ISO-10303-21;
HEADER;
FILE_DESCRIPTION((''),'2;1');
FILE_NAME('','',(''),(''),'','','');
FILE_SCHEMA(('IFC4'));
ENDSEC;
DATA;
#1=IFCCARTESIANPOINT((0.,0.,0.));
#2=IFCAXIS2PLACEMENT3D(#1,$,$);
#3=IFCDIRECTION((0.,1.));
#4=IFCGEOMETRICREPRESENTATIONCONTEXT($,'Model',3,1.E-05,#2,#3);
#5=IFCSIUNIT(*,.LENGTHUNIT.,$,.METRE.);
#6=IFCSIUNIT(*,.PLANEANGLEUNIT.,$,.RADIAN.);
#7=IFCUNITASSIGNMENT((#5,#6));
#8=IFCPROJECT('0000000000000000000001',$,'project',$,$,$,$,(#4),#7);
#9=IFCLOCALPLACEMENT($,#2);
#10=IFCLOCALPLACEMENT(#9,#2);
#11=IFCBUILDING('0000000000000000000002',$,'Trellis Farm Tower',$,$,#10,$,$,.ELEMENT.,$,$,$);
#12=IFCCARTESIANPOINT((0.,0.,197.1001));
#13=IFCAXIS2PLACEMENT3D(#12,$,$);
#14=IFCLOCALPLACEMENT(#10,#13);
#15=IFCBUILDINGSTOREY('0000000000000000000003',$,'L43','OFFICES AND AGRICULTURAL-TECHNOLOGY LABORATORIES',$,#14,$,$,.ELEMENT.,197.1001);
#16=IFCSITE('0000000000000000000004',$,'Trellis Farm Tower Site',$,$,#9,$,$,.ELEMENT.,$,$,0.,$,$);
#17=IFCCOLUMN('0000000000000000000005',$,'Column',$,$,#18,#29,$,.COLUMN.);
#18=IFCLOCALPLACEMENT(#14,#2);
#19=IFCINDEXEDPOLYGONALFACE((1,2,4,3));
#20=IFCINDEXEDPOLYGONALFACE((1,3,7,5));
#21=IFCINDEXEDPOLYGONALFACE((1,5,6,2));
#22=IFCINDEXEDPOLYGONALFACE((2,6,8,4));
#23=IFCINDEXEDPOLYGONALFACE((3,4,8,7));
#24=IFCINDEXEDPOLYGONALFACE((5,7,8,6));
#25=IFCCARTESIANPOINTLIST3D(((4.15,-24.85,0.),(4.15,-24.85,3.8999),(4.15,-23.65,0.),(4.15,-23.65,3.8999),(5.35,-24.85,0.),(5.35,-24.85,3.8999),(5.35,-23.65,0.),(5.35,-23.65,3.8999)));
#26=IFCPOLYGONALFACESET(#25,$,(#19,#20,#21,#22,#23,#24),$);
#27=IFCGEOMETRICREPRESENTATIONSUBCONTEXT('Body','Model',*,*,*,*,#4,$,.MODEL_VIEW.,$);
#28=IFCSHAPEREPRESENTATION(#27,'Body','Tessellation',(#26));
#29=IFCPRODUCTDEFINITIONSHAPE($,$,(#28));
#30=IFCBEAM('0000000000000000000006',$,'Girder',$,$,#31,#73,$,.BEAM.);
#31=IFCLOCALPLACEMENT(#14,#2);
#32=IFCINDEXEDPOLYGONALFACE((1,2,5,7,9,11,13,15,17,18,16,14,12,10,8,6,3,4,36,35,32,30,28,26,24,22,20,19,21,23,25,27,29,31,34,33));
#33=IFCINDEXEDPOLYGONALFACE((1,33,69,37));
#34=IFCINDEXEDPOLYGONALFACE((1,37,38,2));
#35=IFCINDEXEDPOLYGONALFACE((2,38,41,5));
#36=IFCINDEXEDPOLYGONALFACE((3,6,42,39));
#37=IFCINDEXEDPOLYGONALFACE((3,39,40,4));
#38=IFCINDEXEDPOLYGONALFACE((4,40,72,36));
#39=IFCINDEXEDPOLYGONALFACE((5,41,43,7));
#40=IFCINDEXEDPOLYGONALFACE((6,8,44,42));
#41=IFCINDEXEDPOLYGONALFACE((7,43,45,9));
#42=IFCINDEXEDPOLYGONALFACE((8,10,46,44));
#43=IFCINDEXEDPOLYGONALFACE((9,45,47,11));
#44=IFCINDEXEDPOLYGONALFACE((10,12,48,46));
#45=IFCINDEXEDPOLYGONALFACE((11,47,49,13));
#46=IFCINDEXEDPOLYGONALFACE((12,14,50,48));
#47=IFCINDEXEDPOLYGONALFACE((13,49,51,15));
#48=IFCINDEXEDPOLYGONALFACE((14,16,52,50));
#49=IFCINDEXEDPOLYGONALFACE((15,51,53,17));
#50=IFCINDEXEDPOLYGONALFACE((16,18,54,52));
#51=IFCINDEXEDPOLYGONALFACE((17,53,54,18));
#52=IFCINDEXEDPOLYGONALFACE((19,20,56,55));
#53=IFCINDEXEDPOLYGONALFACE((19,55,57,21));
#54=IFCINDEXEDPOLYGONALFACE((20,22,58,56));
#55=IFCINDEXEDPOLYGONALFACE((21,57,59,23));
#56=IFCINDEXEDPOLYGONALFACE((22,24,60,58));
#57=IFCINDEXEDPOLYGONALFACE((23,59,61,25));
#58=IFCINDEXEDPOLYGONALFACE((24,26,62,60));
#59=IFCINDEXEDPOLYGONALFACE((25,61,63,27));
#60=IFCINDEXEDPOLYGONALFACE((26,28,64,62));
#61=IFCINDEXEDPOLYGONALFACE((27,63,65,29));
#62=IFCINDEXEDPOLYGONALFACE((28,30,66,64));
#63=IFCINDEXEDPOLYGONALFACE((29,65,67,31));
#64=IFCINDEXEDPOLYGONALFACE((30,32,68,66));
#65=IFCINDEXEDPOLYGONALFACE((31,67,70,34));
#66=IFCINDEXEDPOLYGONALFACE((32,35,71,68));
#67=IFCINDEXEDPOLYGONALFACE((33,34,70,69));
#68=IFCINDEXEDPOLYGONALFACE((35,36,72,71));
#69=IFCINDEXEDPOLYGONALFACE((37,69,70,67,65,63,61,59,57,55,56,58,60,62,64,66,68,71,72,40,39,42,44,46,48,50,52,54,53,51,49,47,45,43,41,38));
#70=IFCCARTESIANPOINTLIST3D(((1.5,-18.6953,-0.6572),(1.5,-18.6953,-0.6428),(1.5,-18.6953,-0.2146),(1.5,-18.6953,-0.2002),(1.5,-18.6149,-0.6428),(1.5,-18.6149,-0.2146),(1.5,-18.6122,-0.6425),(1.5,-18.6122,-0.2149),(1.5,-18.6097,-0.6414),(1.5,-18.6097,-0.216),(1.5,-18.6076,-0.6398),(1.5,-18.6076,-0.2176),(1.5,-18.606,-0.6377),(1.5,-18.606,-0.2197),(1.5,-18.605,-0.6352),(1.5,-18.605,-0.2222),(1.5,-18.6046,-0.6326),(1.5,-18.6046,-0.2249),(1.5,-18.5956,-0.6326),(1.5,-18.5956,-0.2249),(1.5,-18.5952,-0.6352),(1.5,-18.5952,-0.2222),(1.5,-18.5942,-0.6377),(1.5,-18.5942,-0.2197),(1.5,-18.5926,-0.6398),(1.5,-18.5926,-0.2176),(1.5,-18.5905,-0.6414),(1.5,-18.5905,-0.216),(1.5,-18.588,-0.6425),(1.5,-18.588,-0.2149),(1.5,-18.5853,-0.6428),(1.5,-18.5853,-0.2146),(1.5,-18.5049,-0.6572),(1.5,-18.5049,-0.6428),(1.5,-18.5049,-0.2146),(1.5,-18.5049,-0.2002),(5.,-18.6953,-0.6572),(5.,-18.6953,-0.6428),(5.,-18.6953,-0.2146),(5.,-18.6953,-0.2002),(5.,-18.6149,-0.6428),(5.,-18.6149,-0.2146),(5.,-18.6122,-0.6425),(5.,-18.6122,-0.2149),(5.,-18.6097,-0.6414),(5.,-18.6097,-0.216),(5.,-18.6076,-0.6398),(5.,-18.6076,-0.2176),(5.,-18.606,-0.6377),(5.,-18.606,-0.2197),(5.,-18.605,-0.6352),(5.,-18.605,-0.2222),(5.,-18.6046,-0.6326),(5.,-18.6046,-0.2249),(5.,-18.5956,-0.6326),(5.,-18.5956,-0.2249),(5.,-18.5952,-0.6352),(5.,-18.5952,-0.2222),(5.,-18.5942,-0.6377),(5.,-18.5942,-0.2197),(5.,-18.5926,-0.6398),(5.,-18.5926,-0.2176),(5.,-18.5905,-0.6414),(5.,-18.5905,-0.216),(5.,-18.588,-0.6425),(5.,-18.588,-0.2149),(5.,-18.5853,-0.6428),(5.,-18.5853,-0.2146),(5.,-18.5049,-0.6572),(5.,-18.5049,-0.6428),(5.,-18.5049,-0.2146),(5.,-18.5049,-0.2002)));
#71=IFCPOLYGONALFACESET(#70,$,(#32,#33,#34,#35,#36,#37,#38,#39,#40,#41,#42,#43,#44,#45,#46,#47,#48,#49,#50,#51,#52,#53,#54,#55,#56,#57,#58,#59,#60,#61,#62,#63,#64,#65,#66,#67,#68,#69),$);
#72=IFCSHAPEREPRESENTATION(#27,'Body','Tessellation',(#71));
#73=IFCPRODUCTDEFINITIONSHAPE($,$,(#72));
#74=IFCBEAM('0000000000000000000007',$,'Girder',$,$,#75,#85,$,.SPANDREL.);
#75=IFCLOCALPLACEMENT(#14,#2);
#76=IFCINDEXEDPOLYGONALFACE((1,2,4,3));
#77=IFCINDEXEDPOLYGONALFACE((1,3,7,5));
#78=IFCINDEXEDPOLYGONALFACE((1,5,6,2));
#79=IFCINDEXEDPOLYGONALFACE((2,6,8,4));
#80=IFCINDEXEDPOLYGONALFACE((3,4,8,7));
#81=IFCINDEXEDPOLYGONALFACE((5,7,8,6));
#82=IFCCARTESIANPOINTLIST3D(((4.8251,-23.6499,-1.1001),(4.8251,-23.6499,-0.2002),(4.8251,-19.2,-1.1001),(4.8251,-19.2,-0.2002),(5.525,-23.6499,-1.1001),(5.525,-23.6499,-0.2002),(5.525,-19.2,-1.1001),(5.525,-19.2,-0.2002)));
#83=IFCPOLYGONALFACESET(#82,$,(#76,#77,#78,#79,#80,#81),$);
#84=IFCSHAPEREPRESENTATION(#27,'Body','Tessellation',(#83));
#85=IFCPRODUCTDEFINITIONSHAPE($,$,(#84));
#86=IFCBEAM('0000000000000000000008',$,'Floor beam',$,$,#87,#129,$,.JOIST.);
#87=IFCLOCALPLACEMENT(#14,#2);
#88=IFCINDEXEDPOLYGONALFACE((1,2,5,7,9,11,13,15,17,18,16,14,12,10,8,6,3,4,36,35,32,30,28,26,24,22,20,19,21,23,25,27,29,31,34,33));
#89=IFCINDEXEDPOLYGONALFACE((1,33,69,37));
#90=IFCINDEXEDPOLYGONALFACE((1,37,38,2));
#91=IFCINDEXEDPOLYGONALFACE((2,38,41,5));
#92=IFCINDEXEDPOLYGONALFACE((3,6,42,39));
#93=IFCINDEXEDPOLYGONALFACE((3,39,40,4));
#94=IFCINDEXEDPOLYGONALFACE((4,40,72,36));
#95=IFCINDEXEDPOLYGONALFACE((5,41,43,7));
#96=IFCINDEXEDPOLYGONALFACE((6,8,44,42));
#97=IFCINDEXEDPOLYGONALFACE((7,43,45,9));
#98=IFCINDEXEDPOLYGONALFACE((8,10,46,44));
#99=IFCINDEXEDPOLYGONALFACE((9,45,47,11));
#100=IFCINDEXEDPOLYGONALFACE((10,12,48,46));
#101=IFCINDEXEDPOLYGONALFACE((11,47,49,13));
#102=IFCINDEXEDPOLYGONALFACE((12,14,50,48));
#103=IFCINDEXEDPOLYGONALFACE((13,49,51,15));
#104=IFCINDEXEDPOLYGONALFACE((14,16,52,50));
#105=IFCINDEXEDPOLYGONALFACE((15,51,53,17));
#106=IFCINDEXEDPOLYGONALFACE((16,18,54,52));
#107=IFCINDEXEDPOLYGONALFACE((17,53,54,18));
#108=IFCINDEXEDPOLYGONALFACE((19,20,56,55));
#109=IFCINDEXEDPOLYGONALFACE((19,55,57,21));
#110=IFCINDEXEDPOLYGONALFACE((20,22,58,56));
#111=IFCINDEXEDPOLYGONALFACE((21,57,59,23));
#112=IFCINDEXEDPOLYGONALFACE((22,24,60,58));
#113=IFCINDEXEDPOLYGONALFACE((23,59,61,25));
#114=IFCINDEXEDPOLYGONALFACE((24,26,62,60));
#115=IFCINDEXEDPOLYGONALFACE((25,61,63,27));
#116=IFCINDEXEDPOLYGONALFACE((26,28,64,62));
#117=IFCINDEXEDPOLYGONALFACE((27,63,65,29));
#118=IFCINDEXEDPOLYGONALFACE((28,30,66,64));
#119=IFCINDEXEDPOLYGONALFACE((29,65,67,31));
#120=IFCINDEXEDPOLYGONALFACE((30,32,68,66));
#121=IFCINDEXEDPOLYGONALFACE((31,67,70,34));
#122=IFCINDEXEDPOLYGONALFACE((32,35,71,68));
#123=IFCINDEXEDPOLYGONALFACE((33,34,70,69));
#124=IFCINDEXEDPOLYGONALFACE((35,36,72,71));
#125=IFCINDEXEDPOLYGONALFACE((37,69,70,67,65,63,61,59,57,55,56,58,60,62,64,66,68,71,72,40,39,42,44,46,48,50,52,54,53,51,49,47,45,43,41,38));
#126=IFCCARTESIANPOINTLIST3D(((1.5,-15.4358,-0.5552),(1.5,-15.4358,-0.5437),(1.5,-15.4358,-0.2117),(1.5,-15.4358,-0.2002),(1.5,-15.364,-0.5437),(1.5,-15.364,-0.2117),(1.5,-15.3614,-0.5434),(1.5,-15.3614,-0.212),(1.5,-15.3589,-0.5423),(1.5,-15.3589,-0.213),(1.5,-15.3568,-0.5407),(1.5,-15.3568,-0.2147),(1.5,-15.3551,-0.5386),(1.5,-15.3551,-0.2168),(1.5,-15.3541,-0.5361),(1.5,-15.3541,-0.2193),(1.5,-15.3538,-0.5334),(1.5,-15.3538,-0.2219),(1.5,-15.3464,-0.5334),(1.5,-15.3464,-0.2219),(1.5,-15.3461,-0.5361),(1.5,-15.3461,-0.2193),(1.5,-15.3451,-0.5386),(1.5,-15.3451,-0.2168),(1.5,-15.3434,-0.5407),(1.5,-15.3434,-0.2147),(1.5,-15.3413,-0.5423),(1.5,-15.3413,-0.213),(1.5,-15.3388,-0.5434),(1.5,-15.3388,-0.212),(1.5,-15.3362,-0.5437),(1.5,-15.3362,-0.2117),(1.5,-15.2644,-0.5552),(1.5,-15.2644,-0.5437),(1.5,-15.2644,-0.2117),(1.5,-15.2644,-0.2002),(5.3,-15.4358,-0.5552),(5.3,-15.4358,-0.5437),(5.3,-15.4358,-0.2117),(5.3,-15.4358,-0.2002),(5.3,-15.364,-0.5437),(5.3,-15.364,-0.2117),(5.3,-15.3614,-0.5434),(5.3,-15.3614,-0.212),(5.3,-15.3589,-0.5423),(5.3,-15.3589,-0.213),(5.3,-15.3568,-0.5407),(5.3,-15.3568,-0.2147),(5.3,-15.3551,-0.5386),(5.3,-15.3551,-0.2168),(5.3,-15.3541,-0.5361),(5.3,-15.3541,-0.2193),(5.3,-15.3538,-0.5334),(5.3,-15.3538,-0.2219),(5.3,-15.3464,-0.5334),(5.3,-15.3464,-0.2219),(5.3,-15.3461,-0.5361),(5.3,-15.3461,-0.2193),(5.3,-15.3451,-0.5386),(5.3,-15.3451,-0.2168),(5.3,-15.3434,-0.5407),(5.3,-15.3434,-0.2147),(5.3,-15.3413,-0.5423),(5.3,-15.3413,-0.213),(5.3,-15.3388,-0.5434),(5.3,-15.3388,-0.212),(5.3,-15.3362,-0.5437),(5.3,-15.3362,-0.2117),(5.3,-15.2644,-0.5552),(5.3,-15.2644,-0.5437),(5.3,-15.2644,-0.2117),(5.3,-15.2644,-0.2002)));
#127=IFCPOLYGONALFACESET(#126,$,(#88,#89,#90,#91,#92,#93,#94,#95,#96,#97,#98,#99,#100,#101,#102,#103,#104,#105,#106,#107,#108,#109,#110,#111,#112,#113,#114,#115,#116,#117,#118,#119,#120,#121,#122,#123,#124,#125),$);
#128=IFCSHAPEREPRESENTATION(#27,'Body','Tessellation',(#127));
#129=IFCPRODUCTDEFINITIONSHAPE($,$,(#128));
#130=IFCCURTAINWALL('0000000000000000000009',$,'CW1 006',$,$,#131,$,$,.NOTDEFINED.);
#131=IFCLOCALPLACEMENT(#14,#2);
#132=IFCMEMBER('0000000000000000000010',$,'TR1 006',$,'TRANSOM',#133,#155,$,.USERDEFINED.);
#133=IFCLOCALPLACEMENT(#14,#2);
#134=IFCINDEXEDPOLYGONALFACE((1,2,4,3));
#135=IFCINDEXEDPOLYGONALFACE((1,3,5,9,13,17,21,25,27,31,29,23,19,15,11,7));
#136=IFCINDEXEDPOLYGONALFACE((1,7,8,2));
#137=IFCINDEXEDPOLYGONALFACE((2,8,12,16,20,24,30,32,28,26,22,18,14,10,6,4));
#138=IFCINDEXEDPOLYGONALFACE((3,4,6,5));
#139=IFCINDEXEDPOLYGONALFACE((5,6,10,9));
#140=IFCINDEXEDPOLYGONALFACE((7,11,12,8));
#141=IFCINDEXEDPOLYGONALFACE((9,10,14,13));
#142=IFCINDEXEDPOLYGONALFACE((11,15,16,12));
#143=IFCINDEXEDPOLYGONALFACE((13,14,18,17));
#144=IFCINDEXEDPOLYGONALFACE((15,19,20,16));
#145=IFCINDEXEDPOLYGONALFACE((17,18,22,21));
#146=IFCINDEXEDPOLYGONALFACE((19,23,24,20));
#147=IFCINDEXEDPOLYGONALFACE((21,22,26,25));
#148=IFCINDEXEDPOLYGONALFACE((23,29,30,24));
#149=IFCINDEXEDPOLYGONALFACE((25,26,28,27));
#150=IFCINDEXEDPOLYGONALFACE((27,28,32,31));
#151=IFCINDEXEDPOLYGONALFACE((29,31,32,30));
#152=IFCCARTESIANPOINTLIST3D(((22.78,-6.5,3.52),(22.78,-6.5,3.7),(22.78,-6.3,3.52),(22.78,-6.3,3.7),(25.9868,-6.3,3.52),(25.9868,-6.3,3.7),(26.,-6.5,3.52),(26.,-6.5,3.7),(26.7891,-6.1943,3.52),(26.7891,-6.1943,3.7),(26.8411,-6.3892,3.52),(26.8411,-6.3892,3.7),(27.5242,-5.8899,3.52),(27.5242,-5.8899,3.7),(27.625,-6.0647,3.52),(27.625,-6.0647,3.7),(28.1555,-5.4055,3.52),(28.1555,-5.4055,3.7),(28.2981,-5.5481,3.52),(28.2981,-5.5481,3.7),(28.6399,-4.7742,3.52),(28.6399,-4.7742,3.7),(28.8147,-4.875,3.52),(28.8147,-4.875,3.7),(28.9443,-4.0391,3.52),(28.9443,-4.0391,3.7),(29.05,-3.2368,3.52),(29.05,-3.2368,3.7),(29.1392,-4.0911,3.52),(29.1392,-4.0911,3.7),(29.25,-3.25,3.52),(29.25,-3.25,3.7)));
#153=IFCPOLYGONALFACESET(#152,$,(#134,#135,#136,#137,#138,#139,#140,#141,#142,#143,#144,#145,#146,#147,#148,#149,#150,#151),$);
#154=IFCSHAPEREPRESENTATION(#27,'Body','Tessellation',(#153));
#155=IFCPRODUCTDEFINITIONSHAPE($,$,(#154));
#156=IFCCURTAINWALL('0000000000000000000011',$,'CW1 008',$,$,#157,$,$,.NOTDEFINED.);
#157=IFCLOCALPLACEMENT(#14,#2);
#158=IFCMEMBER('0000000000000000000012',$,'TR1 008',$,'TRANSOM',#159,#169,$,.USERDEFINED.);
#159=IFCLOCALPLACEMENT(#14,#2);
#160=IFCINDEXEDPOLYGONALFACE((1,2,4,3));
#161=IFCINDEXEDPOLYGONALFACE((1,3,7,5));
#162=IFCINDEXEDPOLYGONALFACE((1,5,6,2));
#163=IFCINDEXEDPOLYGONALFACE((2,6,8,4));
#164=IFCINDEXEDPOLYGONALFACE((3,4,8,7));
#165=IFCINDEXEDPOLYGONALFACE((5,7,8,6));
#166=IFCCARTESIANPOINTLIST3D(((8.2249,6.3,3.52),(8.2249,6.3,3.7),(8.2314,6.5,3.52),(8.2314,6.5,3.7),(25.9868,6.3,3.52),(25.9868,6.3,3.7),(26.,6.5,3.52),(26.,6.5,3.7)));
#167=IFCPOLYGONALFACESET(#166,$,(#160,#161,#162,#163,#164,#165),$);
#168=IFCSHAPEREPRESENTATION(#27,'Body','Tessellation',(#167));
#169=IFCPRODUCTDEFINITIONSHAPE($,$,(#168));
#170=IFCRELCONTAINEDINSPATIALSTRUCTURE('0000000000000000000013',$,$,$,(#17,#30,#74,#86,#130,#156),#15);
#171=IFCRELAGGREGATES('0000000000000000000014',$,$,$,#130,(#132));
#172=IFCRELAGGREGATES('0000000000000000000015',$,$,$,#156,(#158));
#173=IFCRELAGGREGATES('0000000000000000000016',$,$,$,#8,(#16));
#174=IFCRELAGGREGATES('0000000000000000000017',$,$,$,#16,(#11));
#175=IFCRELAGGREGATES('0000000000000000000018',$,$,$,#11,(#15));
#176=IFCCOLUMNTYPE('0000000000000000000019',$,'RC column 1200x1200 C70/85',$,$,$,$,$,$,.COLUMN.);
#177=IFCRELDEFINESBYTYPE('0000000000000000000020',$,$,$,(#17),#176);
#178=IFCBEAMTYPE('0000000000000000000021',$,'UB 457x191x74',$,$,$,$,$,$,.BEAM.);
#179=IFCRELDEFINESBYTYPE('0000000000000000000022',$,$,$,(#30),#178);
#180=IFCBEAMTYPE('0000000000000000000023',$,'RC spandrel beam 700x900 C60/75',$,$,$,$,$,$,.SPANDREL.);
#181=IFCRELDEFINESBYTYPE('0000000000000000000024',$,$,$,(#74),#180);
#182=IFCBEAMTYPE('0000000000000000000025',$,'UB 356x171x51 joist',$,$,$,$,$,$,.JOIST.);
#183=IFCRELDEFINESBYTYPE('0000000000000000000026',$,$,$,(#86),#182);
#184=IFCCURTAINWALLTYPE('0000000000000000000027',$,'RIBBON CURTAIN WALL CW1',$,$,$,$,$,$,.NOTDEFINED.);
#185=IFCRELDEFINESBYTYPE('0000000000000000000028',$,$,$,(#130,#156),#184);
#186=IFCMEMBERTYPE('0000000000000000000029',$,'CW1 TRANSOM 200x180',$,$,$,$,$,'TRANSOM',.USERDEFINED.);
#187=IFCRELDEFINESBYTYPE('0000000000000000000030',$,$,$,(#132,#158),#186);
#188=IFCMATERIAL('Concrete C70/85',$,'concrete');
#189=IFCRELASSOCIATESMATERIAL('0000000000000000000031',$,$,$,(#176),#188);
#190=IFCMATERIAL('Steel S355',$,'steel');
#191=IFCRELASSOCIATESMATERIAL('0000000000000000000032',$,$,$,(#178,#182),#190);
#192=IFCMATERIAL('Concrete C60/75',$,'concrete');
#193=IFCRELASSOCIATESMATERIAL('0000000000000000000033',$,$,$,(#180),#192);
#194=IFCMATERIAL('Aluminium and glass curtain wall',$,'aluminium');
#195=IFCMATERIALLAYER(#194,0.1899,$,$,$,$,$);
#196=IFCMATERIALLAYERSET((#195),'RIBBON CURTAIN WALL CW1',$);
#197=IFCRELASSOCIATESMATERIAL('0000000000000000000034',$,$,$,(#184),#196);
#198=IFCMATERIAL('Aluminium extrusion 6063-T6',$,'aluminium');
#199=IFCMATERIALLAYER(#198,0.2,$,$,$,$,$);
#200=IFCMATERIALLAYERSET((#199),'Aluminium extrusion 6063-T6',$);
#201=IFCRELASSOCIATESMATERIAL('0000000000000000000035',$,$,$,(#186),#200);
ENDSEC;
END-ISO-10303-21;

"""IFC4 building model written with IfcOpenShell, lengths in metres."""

from ifc_helpers import new_model, si_unit, direction, frame, origin, origin_2d, place, context, subcontext, project, spatial, polyline, rectangle, i_section, outline, extrude, source, transform, mapped, material, layer, layer_set, material_profile, profile_set, type_object, element, aggregate, save


model = new_model("IFC4")

# Units and contexts
model_context = context("Model", 3, precision=1e-05, world=origin(), true_north=direction((0.0, 1.0)))
body_context = subcontext(model_context, "Body", "Model", "MODEL_VIEW")
ifc_project = project(units=[si_unit("LENGTHUNIT", "METRE"), si_unit("PLANEANGLEUNIT", "RADIAN")], contexts=[model_context])

# Site, building, storey
site_placement = place(None, origin())
site = spatial("IfcSite", under=ifc_project, at=site_placement, Name="Trellis Farm Tower Site", CompositionType="ELEMENT", RefElevation=0.0)
building_placement = place(site_placement, origin())
building = spatial("IfcBuilding", under=site, at=building_placement, Name="Trellis Farm Tower", CompositionType="ELEMENT")
storey_placement = place(building_placement, frame((0.0, 0.0, 197.1001)))
storey = spatial("IfcBuildingStorey", under=building, at=storey_placement, Name="L43", Description="OFFICES AND AGRICULTURAL-TECHNOLOGY LABORATORIES", CompositionType="ELEMENT", Elevation=197.1001)

# Column
ifc_material_1 = material(Name="Concrete C70/85", Category="concrete")
ifc_material_profile_1 = material_profile(ifc_material_1, rectangle(XDim=1.2, YDim=1.2, at=origin_2d()), Name="RC column 1200x1200 C70/85")
ifc_profile_set_1 = profile_set([ifc_material_profile_1], Name="Concrete C70/85")
column_type = type_object("IfcColumnType", Name="RC column 1200x1200 C70/85", PredefinedType="COLUMN", material=ifc_profile_set_1)
shared_shape_1 = source(origin(), body_context, "Body", "SweptSolid", [
    extrude(rectangle(XDim=1.2, YDim=1.2, at=origin_2d()), origin(), (0.0, 0.0, 1.0), 3.8999),
])
column_placement = place(storey_placement, frame((4.75, -24.25, 0.0), z_axis=(0.0, 0.0, 1.0), x_axis=(1.0, 0.0, 0.0)))
element("IfcColumn", 1, at=column_placement, inside=storey, type_object=column_type, Name="Column", PredefinedType="COLUMN", context=body_context, shape_type="MappedRepresentation", body=[
    mapped(shared_shape_1, transform((0.0, 0.0, 0.0))),
])

# Beams
ifc_material_2 = material(Name="Steel S355", Category="steel")
ifc_material_profile_2 = material_profile(ifc_material_2, i_section(OverallWidth=0.1904, OverallDepth=0.457, WebThickness=0.009, FlangeThickness=0.0144, FilletRadius=0.0103, at=origin_2d()), Name="UB 457x191x74")
ifc_profile_set_2 = profile_set([ifc_material_profile_2], Name="Steel S355")
beam_type_1 = type_object("IfcBeamType", Name="UB 457x191x74", PredefinedType="BEAM", material=ifc_profile_set_2)
shared_shape_2 = source(origin(), body_context, "Body", "SweptSolid", [
    extrude(i_section(OverallWidth=0.1904, OverallDepth=0.457, WebThickness=0.009, FlangeThickness=0.0144, FilletRadius=0.0103, at=origin_2d()), origin(), (0.0, 0.0, 1.0), 3.5),
])
beam_1_placement = place(storey_placement, frame((1.5, -18.6001, -0.4287), z_axis=(1.0, 0.0, 0.0), x_axis=(0.0, 1.0, 0.0)))
element("IfcBeam", 2, at=beam_1_placement, inside=storey, type_object=beam_type_1, Name="Girder", PredefinedType="BEAM", context=body_context, shape_type="MappedRepresentation", body=[
    mapped(shared_shape_2, transform((0.0, 0.0, 0.0))),
])
ifc_material_3 = material(Name="Concrete C60/75", Category="concrete")
ifc_material_profile_3 = material_profile(ifc_material_3, rectangle(XDim=0.7, YDim=0.8999, at=origin_2d()), Name="RC spandrel beam 700x900 C60/75")
ifc_profile_set_3 = profile_set([ifc_material_profile_3], Name="Concrete C60/75")
beam_type_2 = type_object("IfcBeamType", Name="RC spandrel beam 700x900 C60/75", PredefinedType="SPANDREL", material=ifc_profile_set_3)
shared_shape_3 = source(origin(), body_context, "Body", "SweptSolid", [
    extrude(rectangle(XDim=0.7, YDim=0.8999, at=origin_2d()), origin(), (0.0, 0.0, 1.0), 4.45),
])
beam_2_placement = place(storey_placement, frame((5.175, -23.6499, -0.6501), z_axis=(0.0, 1.0, 0.0), x_axis=(-1.0, 0.0, 0.0)))
element("IfcBeam", 3, at=beam_2_placement, inside=storey, type_object=beam_type_2, Name="Girder", PredefinedType="SPANDREL", context=body_context, shape_type="MappedRepresentation", body=[
    mapped(shared_shape_3, transform((0.0, 0.0, 0.0))),
])
ifc_material_profile_4 = material_profile(ifc_material_2, i_section(OverallWidth=0.1714, OverallDepth=0.355, WebThickness=0.0073, FlangeThickness=0.0115, FilletRadius=0.0103, at=origin_2d()), Name="UB 356x171x51")
ifc_profile_set_4 = profile_set([ifc_material_profile_4], Name="Steel S355")
beam_type_3 = type_object("IfcBeamType", Name="UB 356x171x51 joist", PredefinedType="JOIST", material=ifc_profile_set_4)
shared_shape_4 = source(origin(), body_context, "Body", "SweptSolid", [
    extrude(i_section(OverallWidth=0.1714, OverallDepth=0.355, WebThickness=0.0073, FlangeThickness=0.0115, FilletRadius=0.0103, at=origin_2d()), origin(), (0.0, 0.0, 1.0), 3.8),
])
beam_3_placement = place(storey_placement, frame((1.5, -15.3501, -0.3777), z_axis=(1.0, 0.0, 0.0), x_axis=(0.0, 1.0, 0.0)))
element("IfcBeam", 4, at=beam_3_placement, inside=storey, type_object=beam_type_3, Name="Floor beam", PredefinedType="JOIST", context=body_context, shape_type="MappedRepresentation", body=[
    mapped(shared_shape_4, transform((0.0, 0.0, 0.0))),
])

# Curtain walls, members
ifc_material_4 = material(Name="Aluminium and glass curtain wall", Category="aluminium")
ifc_layer_1 = layer(ifc_material_4, 0.1899)
ifc_layer_set_1 = layer_set([ifc_layer_1], Name="RIBBON CURTAIN WALL CW1")
curtain_wall_type_1 = type_object("IfcCurtainWallType", Name="RIBBON CURTAIN WALL CW1", PredefinedType="NOTDEFINED", material=ifc_layer_set_1)
placement_1 = place(storey_placement, origin())
curtain_wall_1 = element("IfcCurtainWall", 5, at=placement_1, inside=storey, type_object=curtain_wall_type_1, Name="CW1 006", PredefinedType="NOTDEFINED")
ifc_material_5 = material(Name="Aluminium extrusion 6063-T6", Category="aluminium")
ifc_layer_2 = layer(ifc_material_5, 0.2)
ifc_layer_set_2 = layer_set([ifc_layer_2], Name="Aluminium extrusion 6063-T6")
member_type_1 = type_object("IfcMemberType", Name="CW1 TRANSOM 200x180", ElementType="TRANSOM", PredefinedType="USERDEFINED", material=ifc_layer_set_2)
shared_shape_5 = source(origin(), body_context, "Body", "SweptSolid", [
    extrude(outline(polyline([(22.78, -6.5), (26.0, -6.5), (26.8411, -6.3892), (27.625, -6.0647), (28.2981, -5.5481), (28.8147, -4.875), (29.1392, -4.0911), (29.25, -3.25), (29.05, -3.2368), (28.9443, -4.0391), (28.6399, -4.7742), (28.1555, -5.4055), (27.5242, -5.8899), (26.7891, -6.1943), (25.9868, -6.3), (22.78, -6.3), (22.78, -6.5)])), origin(), (0.0, 0.0, 1.0), 0.1799),
])
placement_2 = place(storey_placement, frame((0.0, 0.0, 3.52)))
member_1 = element("IfcMember", 6, at=placement_2, type_object=member_type_1, Name="TR1 006", ObjectType="TRANSOM", PredefinedType="USERDEFINED", context=body_context, shape_type="MappedRepresentation", body=[
    mapped(shared_shape_5, transform((0.0, 0.0, 0.0))),
])
curtain_wall_2 = element("IfcCurtainWall", 7, at=placement_1, inside=storey, type_object=curtain_wall_type_1, Name="CW1 008", PredefinedType="NOTDEFINED")
shared_shape_6 = source(origin(), body_context, "Body", "SweptSolid", [
    extrude(outline(polyline([(26.0, 6.5), (8.2314, 6.5), (8.2249, 6.3), (25.9868, 6.3), (26.0, 6.5)])), origin(), (0.0, 0.0, 1.0), 0.1799),
])
member_2 = element("IfcMember", 8, at=placement_2, type_object=member_type_1, Name="TR1 008", ObjectType="TRANSOM", PredefinedType="USERDEFINED", context=body_context, shape_type="MappedRepresentation", body=[
    mapped(shared_shape_6, transform((0.0, 0.0, 0.0))),
])

aggregate(curtain_wall_1, [member_1])
aggregate(curtain_wall_2, [member_2])

save(model, "model.ifc")
